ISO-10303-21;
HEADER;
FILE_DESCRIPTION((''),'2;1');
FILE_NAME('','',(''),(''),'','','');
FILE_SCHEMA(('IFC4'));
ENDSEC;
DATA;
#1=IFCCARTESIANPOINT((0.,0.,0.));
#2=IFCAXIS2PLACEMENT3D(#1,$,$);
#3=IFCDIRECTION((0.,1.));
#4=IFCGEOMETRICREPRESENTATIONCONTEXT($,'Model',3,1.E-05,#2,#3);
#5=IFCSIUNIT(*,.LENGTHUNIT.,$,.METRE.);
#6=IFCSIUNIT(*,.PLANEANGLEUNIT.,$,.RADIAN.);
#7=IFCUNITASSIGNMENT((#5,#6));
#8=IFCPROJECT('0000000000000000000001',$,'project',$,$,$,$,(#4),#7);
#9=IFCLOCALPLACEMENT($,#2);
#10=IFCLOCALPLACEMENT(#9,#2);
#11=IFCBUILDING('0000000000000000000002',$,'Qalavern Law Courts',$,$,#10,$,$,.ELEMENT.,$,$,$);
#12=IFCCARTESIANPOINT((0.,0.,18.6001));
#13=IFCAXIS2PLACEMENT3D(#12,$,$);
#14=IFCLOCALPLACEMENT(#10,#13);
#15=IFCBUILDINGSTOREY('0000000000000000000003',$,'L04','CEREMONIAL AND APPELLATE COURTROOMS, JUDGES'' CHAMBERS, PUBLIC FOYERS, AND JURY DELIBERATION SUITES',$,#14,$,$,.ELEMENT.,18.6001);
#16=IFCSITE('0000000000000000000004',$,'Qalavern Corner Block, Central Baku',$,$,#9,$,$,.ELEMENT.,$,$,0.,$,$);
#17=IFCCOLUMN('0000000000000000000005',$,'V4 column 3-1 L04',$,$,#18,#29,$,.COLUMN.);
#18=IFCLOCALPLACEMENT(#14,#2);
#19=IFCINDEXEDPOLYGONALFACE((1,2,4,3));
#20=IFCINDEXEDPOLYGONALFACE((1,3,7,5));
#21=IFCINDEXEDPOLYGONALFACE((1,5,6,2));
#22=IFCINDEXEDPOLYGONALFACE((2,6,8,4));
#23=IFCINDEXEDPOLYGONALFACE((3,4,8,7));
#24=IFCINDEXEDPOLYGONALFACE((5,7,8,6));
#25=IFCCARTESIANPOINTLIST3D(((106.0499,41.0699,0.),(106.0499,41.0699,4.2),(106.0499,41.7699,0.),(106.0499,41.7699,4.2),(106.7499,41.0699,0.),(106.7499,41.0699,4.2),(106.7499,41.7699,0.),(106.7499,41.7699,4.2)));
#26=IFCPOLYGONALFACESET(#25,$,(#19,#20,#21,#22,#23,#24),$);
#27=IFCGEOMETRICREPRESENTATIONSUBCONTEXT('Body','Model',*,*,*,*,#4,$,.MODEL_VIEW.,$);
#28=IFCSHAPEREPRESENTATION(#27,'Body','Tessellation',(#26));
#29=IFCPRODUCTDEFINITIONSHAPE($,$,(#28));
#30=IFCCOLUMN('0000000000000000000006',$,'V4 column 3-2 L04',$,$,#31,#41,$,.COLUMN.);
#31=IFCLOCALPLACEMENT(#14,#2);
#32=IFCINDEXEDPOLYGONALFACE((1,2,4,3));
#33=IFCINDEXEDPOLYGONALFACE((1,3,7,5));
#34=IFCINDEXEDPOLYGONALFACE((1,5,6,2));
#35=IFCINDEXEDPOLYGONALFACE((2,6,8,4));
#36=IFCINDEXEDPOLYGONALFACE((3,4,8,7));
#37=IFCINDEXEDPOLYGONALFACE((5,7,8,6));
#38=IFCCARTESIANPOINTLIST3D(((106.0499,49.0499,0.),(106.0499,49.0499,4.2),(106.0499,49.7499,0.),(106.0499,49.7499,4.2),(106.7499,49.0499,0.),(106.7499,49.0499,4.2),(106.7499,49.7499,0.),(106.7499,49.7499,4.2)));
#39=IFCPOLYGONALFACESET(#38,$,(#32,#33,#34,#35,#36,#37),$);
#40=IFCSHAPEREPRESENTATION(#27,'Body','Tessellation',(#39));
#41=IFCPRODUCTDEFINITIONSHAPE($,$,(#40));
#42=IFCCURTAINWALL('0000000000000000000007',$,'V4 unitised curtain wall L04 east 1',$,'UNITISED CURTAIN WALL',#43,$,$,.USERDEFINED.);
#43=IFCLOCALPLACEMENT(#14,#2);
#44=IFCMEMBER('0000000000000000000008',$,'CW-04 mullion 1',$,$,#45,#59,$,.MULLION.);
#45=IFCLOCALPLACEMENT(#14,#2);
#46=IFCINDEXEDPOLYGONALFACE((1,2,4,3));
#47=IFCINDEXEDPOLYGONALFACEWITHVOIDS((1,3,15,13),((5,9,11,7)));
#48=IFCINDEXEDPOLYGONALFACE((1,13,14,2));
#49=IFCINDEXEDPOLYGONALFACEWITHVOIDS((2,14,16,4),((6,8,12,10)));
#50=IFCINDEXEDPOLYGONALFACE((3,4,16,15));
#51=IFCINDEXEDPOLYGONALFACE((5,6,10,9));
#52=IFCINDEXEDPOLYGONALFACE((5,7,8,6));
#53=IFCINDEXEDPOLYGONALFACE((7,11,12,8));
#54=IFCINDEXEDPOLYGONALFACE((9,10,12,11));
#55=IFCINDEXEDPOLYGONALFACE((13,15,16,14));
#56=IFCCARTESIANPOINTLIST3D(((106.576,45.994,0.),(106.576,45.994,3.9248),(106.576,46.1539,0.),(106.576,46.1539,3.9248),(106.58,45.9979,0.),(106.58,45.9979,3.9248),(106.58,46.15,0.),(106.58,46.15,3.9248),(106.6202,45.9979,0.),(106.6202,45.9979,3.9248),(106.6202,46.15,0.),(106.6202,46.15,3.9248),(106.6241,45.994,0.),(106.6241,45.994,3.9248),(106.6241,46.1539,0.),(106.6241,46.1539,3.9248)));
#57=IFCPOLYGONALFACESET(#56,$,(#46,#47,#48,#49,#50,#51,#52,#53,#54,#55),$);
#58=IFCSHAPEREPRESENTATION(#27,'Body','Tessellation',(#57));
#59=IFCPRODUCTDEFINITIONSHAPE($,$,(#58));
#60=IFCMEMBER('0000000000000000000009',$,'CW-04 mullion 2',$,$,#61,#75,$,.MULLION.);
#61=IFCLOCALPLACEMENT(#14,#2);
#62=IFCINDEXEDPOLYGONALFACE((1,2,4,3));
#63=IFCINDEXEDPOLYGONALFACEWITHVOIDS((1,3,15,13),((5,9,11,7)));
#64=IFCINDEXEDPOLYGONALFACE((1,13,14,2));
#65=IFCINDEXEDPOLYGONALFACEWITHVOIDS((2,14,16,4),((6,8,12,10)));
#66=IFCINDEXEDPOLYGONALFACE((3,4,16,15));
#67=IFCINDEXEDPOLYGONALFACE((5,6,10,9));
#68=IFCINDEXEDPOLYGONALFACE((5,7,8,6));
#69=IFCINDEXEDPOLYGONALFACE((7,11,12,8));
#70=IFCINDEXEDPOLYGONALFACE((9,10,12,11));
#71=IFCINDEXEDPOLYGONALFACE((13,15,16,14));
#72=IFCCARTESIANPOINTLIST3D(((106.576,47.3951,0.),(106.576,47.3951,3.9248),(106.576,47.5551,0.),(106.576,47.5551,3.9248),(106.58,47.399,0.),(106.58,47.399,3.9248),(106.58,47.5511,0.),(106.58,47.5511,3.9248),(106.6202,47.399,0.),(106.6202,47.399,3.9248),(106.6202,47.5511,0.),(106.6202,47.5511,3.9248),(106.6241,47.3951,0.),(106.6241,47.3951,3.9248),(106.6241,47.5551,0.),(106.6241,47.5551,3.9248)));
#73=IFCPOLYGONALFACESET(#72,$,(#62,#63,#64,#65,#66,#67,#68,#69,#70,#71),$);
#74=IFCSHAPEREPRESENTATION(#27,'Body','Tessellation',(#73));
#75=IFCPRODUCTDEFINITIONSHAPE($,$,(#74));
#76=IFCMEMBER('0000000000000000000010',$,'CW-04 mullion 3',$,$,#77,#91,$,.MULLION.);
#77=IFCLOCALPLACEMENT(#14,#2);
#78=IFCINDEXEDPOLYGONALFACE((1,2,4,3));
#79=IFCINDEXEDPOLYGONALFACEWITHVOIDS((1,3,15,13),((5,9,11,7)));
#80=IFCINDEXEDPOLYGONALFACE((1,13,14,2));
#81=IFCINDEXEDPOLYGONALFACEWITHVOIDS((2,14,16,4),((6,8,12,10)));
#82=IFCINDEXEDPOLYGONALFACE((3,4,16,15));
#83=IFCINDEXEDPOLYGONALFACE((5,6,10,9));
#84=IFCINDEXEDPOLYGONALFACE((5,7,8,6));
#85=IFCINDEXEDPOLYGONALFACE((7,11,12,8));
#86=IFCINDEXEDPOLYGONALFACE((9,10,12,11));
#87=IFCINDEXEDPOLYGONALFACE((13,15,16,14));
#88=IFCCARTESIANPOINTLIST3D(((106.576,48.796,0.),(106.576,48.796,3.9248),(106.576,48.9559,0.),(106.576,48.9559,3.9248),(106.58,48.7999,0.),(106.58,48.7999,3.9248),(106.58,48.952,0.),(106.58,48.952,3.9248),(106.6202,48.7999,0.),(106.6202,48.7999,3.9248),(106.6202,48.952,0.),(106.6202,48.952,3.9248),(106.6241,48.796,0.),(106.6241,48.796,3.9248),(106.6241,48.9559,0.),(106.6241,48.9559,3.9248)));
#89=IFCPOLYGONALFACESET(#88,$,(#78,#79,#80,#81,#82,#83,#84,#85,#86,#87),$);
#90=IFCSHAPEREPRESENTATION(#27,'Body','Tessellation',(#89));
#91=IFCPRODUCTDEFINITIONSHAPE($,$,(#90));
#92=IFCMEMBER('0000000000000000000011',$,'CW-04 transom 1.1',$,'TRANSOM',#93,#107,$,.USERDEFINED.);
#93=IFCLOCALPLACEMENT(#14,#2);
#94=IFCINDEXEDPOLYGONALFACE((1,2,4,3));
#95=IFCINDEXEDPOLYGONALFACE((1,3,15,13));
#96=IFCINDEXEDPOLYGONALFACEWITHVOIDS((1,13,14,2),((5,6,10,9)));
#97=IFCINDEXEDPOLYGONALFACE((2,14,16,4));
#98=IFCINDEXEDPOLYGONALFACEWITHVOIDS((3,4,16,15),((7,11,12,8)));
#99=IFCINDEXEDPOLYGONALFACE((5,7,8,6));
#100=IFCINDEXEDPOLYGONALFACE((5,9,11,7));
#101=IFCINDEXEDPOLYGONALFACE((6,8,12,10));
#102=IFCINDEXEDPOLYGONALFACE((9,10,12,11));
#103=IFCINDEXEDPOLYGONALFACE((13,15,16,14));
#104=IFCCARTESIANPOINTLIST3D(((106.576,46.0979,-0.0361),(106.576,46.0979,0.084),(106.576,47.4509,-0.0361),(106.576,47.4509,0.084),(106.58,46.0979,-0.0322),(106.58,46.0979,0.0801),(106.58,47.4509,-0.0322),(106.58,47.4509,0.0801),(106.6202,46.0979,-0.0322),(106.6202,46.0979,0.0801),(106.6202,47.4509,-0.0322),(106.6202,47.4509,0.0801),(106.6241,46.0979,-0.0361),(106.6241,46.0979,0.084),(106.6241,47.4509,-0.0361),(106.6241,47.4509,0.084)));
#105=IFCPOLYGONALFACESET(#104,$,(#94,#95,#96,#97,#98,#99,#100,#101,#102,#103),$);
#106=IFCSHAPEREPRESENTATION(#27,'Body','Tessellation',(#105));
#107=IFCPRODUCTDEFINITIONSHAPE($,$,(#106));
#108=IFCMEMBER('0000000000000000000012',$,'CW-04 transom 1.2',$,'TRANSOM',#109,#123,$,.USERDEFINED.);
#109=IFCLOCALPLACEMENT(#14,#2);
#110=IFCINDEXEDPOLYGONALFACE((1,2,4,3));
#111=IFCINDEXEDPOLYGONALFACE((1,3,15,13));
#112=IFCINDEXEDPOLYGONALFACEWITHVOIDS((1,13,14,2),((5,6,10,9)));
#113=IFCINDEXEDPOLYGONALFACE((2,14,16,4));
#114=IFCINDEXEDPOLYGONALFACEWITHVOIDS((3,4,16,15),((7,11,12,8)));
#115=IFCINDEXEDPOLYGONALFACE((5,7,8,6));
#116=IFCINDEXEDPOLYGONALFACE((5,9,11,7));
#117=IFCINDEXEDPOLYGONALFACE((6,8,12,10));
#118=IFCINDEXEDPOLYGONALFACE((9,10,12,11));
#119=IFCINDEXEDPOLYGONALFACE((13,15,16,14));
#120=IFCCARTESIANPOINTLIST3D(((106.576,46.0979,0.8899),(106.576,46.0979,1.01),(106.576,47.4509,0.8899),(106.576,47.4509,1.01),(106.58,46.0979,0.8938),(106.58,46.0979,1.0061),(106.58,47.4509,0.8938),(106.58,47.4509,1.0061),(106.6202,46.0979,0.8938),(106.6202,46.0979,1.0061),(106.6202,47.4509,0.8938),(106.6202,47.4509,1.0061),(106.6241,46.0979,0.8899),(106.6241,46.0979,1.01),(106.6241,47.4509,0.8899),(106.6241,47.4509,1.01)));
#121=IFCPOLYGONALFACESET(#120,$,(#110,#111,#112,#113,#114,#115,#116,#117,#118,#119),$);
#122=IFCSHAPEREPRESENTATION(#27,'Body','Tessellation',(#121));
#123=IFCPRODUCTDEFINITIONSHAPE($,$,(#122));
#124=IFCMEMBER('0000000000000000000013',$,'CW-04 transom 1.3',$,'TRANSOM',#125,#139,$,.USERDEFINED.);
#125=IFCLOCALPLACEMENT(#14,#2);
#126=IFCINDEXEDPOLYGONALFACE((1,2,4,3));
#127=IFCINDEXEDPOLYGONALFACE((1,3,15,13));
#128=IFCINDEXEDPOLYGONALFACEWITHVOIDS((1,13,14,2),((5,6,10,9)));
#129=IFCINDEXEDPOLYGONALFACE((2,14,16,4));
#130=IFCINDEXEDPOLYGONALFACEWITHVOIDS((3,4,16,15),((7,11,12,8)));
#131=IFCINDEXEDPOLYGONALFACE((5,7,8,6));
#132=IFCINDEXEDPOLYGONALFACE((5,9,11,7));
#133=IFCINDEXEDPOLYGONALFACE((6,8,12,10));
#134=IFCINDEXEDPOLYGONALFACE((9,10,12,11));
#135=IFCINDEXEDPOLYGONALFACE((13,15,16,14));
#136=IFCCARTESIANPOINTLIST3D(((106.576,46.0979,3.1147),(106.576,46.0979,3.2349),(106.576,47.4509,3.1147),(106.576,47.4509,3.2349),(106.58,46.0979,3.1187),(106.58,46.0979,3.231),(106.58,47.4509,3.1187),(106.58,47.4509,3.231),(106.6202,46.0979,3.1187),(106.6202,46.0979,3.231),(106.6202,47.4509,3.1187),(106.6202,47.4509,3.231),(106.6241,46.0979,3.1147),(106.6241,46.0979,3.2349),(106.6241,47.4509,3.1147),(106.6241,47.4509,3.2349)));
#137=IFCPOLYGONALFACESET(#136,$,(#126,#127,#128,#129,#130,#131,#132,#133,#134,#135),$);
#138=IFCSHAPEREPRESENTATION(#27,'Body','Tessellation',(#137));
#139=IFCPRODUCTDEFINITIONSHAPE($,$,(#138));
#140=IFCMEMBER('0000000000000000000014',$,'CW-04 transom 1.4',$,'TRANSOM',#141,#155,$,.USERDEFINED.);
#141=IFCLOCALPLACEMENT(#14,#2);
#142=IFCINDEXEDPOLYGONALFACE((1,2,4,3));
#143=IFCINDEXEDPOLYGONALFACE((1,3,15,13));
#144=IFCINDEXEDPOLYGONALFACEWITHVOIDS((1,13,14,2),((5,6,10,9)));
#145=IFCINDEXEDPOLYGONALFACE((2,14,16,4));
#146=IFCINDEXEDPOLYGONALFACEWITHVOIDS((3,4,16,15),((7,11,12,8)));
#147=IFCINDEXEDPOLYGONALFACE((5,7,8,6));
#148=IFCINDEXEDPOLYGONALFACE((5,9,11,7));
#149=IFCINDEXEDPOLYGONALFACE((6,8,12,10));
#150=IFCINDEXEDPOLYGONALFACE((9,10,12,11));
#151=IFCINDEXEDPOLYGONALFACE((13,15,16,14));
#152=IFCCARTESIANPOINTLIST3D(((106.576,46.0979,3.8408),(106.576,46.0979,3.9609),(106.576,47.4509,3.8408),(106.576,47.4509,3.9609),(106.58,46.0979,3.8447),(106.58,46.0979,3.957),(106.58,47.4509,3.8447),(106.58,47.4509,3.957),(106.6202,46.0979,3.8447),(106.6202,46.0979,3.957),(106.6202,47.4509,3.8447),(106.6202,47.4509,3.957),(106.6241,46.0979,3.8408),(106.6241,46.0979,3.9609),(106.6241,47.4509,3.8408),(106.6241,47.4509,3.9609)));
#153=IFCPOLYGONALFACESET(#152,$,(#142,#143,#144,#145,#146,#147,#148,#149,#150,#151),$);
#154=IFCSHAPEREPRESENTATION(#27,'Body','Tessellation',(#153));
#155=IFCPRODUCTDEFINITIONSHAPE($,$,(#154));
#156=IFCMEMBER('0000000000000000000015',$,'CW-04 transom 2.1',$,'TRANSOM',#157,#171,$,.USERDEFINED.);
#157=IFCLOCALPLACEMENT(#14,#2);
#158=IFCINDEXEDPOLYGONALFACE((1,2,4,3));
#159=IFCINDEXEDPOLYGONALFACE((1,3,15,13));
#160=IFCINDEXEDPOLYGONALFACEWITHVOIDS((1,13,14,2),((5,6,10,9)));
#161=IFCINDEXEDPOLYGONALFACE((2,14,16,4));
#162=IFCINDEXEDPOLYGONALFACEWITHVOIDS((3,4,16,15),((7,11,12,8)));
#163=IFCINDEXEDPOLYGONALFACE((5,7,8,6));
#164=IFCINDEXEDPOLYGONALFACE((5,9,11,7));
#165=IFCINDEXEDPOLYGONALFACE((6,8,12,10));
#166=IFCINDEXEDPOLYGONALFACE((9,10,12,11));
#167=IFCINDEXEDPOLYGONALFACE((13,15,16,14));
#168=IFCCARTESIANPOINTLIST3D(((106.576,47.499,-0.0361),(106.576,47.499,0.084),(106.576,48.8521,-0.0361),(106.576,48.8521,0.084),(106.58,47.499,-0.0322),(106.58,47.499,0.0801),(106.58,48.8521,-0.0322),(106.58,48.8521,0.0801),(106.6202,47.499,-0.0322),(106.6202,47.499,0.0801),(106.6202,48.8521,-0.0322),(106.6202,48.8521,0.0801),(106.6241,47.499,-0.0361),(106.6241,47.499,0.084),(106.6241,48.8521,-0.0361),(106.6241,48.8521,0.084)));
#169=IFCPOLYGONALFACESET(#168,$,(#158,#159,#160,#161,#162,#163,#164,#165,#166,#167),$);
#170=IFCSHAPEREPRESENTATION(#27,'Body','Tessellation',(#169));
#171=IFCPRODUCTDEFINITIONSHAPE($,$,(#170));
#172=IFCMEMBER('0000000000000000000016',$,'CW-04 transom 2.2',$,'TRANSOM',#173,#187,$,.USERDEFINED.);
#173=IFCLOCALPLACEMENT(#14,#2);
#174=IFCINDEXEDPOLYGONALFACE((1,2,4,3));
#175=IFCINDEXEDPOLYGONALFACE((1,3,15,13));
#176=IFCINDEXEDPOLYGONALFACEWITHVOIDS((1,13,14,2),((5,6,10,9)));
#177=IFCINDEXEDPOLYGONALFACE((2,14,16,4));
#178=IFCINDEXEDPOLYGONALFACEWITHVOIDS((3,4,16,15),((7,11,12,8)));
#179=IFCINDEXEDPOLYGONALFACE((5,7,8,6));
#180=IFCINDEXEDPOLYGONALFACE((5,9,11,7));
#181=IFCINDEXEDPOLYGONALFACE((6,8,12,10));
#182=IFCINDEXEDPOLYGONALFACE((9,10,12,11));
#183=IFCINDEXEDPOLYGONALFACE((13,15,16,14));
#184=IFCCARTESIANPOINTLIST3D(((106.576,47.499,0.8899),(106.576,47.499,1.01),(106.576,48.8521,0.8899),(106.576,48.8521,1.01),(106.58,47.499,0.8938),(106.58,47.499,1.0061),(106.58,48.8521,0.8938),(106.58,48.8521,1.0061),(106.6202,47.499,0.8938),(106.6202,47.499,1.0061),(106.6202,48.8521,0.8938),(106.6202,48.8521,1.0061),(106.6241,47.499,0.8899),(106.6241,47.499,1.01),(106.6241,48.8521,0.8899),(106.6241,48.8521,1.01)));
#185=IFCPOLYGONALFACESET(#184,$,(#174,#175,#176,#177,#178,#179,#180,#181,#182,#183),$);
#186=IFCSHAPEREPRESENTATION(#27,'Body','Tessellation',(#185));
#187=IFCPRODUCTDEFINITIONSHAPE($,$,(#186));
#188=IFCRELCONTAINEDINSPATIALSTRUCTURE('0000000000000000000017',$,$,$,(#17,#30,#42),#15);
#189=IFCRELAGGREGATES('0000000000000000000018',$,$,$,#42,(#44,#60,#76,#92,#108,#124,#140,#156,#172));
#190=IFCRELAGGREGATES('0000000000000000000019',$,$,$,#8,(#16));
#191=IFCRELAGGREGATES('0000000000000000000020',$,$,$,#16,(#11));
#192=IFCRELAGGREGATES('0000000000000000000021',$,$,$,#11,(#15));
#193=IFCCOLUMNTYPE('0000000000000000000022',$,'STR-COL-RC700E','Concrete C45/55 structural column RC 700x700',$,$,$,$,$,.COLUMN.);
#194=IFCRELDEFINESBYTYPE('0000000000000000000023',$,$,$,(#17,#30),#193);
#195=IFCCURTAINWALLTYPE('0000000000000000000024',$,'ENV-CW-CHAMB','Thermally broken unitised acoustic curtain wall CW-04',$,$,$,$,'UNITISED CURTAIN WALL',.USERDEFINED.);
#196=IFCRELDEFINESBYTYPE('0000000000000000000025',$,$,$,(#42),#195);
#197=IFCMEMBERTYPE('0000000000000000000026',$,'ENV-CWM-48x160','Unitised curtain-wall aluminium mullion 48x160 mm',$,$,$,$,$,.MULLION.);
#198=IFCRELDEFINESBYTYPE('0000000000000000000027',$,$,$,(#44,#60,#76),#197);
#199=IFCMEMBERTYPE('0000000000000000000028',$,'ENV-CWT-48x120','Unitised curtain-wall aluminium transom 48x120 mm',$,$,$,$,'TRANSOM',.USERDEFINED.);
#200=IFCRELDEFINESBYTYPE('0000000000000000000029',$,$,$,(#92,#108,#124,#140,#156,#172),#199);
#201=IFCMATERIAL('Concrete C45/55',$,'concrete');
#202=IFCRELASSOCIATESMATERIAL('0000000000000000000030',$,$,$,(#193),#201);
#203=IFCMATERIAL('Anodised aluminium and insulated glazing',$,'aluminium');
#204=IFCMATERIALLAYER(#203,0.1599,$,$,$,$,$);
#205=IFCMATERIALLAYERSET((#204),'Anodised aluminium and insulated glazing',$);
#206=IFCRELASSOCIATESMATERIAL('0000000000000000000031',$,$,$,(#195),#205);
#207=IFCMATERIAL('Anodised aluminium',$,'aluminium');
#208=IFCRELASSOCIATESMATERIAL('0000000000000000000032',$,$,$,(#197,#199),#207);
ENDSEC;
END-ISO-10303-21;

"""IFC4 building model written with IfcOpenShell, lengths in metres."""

from ifc_helpers import new_model, si_unit, direction, frame, origin, origin_2d, place, context, subcontext, project, spatial, rectangle, hollow_rectangle, extrude, material, layer, layer_set, material_profile, profile_set, type_object, element, aggregate, save


model = new_model("IFC4")

# Units and contexts
model_context = context("Model", 3, precision=1e-05, world=origin(), true_north=direction((0.0, 1.0)))
body_context = subcontext(model_context, "Body", "Model", "MODEL_VIEW")
ifc_project = project(units=[si_unit("LENGTHUNIT", "METRE"), si_unit("PLANEANGLEUNIT", "RADIAN")], contexts=[model_context])

# Site, building, storey
site_placement = place(None, origin())
site = spatial("IfcSite", under=ifc_project, at=site_placement, Name="Qalavern Corner Block, Central Baku", CompositionType="ELEMENT", RefElevation=0.0)
building_placement = place(site_placement, origin())
building = spatial("IfcBuilding", under=site, at=building_placement, Name="Qalavern Law Courts", CompositionType="ELEMENT")
storey_placement = place(building_placement, frame((0.0, 0.0, 18.6001)))
storey = spatial("IfcBuildingStorey", under=building, at=storey_placement, Name="L04", Description="CEREMONIAL AND APPELLATE COURTROOMS, JUDGES' CHAMBERS, PUBLIC FOYERS, AND JURY DELIBERATION SUITES", CompositionType="ELEMENT", Elevation=18.6001)

# Columns
ifc_material_1 = material(Name="Concrete C45/55", Category="concrete")
ifc_material_profile_1 = material_profile(ifc_material_1, rectangle(XDim=0.7, YDim=0.7, at=origin_2d()), Name="RC 700x700")
ifc_profile_set_1 = profile_set([ifc_material_profile_1], Name="Concrete C45/55")
column_type = type_object("IfcColumnType", Name="STR-COL-RC700E", Description="Concrete C45/55 structural column RC 700x700", PredefinedType="COLUMN", material=ifc_profile_set_1)
for number, where, z_axis, x_axis, name in (
    (1, (106.3999, 41.4199, 0.0), (0.0, 0.0, 1.0), (1.0, 0.0, 0.0), "V4 column 3-1 L04"),
    (2, (106.3999, 49.3999, 0.0), (0.0, 0.0, 1.0), (1.0, 0.0, 0.0), "V4 column 3-2 L04"),
):
    element("IfcColumn", number, at=place(storey_placement, frame(where, z_axis=z_axis, x_axis=x_axis)), inside=storey, type_object=column_type, Name=name, PredefinedType="COLUMN", context=body_context, shape_type="SweptSolid", body=[
        extrude(rectangle(XDim=0.7, YDim=0.7, at=origin_2d()), origin(), (0.0, 0.0, 1.0), 4.2),
    ])

# Curtain wall, members
ifc_material_2 = material(Name="Anodised aluminium and insulated glazing", Category="aluminium")
ifc_layer_1 = layer(ifc_material_2, 0.1599)
ifc_layer_set_1 = layer_set([ifc_layer_1], Name="Anodised aluminium and insulated glazing")
curtain_wall_type = type_object("IfcCurtainWallType", Name="ENV-CW-CHAMB", Description="Thermally broken unitised acoustic curtain wall CW-04", ElementType="UNITISED CURTAIN WALL", PredefinedType="USERDEFINED", material=ifc_layer_set_1)
curtain_wall_placement = place(storey_placement, origin())
curtain_wall = element("IfcCurtainWall", 3, at=curtain_wall_placement, inside=storey, type_object=curtain_wall_type, Name="V4 unitised curtain wall L04 east 1", ObjectType="UNITISED CURTAIN WALL", PredefinedType="USERDEFINED")
ifc_material_3 = material(Name="Anodised aluminium", Category="aluminium")
ifc_material_profile_2 = material_profile(ifc_material_3, hollow_rectangle(XDim=0.0481, YDim=0.1599, WallThickness=0.0039, at=origin_2d()), Name="ALU MULLION 48x160")
ifc_profile_set_2 = profile_set([ifc_material_profile_2], Name="Anodised aluminium")
member_type_1 = type_object("IfcMemberType", Name="ENV-CWM-48x160", Description="Unitised curtain-wall aluminium mullion 48x160 mm", PredefinedType="MULLION", material=ifc_profile_set_2)
member_1_placement = place(storey_placement, frame((106.6001, 46.074, 0.0), z_axis=(0.0, 0.0, 1.0), x_axis=(-1.0, 0.0, 0.0)))
member_1 = element("IfcMember", 4, at=member_1_placement, type_object=member_type_1, Name="CW-04 mullion 1", PredefinedType="MULLION", context=body_context, shape_type="SweptSolid", body=[
    extrude(hollow_rectangle(XDim=0.0481, YDim=0.1599, WallThickness=0.0039, at=origin_2d()), origin(), (0.0, 0.0, 1.0), 3.9248),
])
member_2_placement = place(storey_placement, frame((106.6001, 47.4751, 0.0), z_axis=(0.0, 0.0, 1.0), x_axis=(-1.0, 0.0, 0.0)))
member_2 = element("IfcMember", 5, at=member_2_placement, type_object=member_type_1, Name="CW-04 mullion 2", PredefinedType="MULLION", context=body_context, shape_type="SweptSolid", body=[
    extrude(hollow_rectangle(XDim=0.0481, YDim=0.1599, WallThickness=0.0039, at=origin_2d()), origin(), (0.0, 0.0, 1.0), 3.9248),
])
member_3_placement = place(storey_placement, frame((106.6001, 48.876, 0.0), z_axis=(0.0, 0.0, 1.0), x_axis=(-1.0, 0.0, 0.0)))
member_3 = element("IfcMember", 6, at=member_3_placement, type_object=member_type_1, Name="CW-04 mullion 3", PredefinedType="MULLION", context=body_context, shape_type="SweptSolid", body=[
    extrude(hollow_rectangle(XDim=0.0481, YDim=0.1599, WallThickness=0.0039, at=origin_2d()), origin(), (0.0, 0.0, 1.0), 3.9248),
])
ifc_material_profile_3 = material_profile(ifc_material_3, hollow_rectangle(XDim=0.0481, YDim=0.1201, WallThickness=0.0039, at=origin_2d()), Name="ALU TRANSOM 48x120")
ifc_profile_set_3 = profile_set([ifc_material_profile_3], Name="Anodised aluminium")
member_type_2 = type_object("IfcMemberType", Name="ENV-CWT-48x120", Description="Unitised curtain-wall aluminium transom 48x120 mm", ElementType="TRANSOM", PredefinedType="USERDEFINED", material=ifc_profile_set_3)
member_4_placement = place(storey_placement, frame((106.6001, 46.0979, 0.0239), z_axis=(0.0, 1.0, 0.0), x_axis=(-1.0, 0.0, 0.0)))
member_4 = element("IfcMember", 7, at=member_4_placement, type_object=member_type_2, Name="CW-04 transom 1.1", ObjectType="TRANSOM", PredefinedType="USERDEFINED", context=body_context, shape_type="SweptSolid", body=[
    extrude(hollow_rectangle(XDim=0.0481, YDim=0.1201, WallThickness=0.0039, at=origin_2d()), origin(), (0.0, 0.0, 1.0), 1.353),
])
member_5_placement = place(storey_placement, frame((106.6001, 46.0979, 0.95), z_axis=(0.0, 1.0, 0.0), x_axis=(-1.0, 0.0, 0.0)))
member_5 = element("IfcMember", 8, at=member_5_placement, type_object=member_type_2, Name="CW-04 transom 1.2", ObjectType="TRANSOM", PredefinedType="USERDEFINED", context=body_context, shape_type="SweptSolid", body=[
    extrude(hollow_rectangle(XDim=0.0481, YDim=0.1201, WallThickness=0.0039, at=origin_2d()), origin(), (0.0, 0.0, 1.0), 1.353),
])
member_6_placement = place(storey_placement, frame((106.6001, 46.0979, 3.1748), z_axis=(0.0, 1.0, 0.0), x_axis=(-1.0, 0.0, 0.0)))
member_6 = element("IfcMember", 9, at=member_6_placement, type_object=member_type_2, Name="CW-04 transom 1.3", ObjectType="TRANSOM", PredefinedType="USERDEFINED", context=body_context, shape_type="SweptSolid", body=[
    extrude(hollow_rectangle(XDim=0.0481, YDim=0.1201, WallThickness=0.0039, at=origin_2d()), origin(), (0.0, 0.0, 1.0), 1.353),
])
member_7_placement = place(storey_placement, frame((106.6001, 46.0979, 3.9009), z_axis=(0.0, 1.0, 0.0), x_axis=(-1.0, 0.0, 0.0)))
member_7 = element("IfcMember", 10, at=member_7_placement, type_object=member_type_2, Name="CW-04 transom 1.4", ObjectType="TRANSOM", PredefinedType="USERDEFINED", context=body_context, shape_type="SweptSolid", body=[
    extrude(hollow_rectangle(XDim=0.0481, YDim=0.1201, WallThickness=0.0039, at=origin_2d()), origin(), (0.0, 0.0, 1.0), 1.353),
])
member_8_placement = place(storey_placement, frame((106.6001, 47.499, 0.0239), z_axis=(0.0, 1.0, 0.0), x_axis=(-1.0, 0.0, 0.0)))
member_8 = element("IfcMember", 11, at=member_8_placement, type_object=member_type_2, Name="CW-04 transom 2.1", ObjectType="TRANSOM", PredefinedType="USERDEFINED", context=body_context, shape_type="SweptSolid", body=[
    extrude(hollow_rectangle(XDim=0.0481, YDim=0.1201, WallThickness=0.0039, at=origin_2d()), origin(), (0.0, 0.0, 1.0), 1.353),
])
member_9_placement = place(storey_placement, frame((106.6001, 47.499, 0.95), z_axis=(0.0, 1.0, 0.0), x_axis=(-1.0, 0.0, 0.0)))
member_9 = element("IfcMember", 12, at=member_9_placement, type_object=member_type_2, Name="CW-04 transom 2.2", ObjectType="TRANSOM", PredefinedType="USERDEFINED", context=body_context, shape_type="SweptSolid", body=[
    extrude(hollow_rectangle(XDim=0.0481, YDim=0.1201, WallThickness=0.0039, at=origin_2d()), origin(), (0.0, 0.0, 1.0), 1.353),
])

aggregate(curtain_wall, [member_1, member_2, member_3, member_4, member_5, member_6, member_7, member_8, member_9])

save(model, "model.ifc")
